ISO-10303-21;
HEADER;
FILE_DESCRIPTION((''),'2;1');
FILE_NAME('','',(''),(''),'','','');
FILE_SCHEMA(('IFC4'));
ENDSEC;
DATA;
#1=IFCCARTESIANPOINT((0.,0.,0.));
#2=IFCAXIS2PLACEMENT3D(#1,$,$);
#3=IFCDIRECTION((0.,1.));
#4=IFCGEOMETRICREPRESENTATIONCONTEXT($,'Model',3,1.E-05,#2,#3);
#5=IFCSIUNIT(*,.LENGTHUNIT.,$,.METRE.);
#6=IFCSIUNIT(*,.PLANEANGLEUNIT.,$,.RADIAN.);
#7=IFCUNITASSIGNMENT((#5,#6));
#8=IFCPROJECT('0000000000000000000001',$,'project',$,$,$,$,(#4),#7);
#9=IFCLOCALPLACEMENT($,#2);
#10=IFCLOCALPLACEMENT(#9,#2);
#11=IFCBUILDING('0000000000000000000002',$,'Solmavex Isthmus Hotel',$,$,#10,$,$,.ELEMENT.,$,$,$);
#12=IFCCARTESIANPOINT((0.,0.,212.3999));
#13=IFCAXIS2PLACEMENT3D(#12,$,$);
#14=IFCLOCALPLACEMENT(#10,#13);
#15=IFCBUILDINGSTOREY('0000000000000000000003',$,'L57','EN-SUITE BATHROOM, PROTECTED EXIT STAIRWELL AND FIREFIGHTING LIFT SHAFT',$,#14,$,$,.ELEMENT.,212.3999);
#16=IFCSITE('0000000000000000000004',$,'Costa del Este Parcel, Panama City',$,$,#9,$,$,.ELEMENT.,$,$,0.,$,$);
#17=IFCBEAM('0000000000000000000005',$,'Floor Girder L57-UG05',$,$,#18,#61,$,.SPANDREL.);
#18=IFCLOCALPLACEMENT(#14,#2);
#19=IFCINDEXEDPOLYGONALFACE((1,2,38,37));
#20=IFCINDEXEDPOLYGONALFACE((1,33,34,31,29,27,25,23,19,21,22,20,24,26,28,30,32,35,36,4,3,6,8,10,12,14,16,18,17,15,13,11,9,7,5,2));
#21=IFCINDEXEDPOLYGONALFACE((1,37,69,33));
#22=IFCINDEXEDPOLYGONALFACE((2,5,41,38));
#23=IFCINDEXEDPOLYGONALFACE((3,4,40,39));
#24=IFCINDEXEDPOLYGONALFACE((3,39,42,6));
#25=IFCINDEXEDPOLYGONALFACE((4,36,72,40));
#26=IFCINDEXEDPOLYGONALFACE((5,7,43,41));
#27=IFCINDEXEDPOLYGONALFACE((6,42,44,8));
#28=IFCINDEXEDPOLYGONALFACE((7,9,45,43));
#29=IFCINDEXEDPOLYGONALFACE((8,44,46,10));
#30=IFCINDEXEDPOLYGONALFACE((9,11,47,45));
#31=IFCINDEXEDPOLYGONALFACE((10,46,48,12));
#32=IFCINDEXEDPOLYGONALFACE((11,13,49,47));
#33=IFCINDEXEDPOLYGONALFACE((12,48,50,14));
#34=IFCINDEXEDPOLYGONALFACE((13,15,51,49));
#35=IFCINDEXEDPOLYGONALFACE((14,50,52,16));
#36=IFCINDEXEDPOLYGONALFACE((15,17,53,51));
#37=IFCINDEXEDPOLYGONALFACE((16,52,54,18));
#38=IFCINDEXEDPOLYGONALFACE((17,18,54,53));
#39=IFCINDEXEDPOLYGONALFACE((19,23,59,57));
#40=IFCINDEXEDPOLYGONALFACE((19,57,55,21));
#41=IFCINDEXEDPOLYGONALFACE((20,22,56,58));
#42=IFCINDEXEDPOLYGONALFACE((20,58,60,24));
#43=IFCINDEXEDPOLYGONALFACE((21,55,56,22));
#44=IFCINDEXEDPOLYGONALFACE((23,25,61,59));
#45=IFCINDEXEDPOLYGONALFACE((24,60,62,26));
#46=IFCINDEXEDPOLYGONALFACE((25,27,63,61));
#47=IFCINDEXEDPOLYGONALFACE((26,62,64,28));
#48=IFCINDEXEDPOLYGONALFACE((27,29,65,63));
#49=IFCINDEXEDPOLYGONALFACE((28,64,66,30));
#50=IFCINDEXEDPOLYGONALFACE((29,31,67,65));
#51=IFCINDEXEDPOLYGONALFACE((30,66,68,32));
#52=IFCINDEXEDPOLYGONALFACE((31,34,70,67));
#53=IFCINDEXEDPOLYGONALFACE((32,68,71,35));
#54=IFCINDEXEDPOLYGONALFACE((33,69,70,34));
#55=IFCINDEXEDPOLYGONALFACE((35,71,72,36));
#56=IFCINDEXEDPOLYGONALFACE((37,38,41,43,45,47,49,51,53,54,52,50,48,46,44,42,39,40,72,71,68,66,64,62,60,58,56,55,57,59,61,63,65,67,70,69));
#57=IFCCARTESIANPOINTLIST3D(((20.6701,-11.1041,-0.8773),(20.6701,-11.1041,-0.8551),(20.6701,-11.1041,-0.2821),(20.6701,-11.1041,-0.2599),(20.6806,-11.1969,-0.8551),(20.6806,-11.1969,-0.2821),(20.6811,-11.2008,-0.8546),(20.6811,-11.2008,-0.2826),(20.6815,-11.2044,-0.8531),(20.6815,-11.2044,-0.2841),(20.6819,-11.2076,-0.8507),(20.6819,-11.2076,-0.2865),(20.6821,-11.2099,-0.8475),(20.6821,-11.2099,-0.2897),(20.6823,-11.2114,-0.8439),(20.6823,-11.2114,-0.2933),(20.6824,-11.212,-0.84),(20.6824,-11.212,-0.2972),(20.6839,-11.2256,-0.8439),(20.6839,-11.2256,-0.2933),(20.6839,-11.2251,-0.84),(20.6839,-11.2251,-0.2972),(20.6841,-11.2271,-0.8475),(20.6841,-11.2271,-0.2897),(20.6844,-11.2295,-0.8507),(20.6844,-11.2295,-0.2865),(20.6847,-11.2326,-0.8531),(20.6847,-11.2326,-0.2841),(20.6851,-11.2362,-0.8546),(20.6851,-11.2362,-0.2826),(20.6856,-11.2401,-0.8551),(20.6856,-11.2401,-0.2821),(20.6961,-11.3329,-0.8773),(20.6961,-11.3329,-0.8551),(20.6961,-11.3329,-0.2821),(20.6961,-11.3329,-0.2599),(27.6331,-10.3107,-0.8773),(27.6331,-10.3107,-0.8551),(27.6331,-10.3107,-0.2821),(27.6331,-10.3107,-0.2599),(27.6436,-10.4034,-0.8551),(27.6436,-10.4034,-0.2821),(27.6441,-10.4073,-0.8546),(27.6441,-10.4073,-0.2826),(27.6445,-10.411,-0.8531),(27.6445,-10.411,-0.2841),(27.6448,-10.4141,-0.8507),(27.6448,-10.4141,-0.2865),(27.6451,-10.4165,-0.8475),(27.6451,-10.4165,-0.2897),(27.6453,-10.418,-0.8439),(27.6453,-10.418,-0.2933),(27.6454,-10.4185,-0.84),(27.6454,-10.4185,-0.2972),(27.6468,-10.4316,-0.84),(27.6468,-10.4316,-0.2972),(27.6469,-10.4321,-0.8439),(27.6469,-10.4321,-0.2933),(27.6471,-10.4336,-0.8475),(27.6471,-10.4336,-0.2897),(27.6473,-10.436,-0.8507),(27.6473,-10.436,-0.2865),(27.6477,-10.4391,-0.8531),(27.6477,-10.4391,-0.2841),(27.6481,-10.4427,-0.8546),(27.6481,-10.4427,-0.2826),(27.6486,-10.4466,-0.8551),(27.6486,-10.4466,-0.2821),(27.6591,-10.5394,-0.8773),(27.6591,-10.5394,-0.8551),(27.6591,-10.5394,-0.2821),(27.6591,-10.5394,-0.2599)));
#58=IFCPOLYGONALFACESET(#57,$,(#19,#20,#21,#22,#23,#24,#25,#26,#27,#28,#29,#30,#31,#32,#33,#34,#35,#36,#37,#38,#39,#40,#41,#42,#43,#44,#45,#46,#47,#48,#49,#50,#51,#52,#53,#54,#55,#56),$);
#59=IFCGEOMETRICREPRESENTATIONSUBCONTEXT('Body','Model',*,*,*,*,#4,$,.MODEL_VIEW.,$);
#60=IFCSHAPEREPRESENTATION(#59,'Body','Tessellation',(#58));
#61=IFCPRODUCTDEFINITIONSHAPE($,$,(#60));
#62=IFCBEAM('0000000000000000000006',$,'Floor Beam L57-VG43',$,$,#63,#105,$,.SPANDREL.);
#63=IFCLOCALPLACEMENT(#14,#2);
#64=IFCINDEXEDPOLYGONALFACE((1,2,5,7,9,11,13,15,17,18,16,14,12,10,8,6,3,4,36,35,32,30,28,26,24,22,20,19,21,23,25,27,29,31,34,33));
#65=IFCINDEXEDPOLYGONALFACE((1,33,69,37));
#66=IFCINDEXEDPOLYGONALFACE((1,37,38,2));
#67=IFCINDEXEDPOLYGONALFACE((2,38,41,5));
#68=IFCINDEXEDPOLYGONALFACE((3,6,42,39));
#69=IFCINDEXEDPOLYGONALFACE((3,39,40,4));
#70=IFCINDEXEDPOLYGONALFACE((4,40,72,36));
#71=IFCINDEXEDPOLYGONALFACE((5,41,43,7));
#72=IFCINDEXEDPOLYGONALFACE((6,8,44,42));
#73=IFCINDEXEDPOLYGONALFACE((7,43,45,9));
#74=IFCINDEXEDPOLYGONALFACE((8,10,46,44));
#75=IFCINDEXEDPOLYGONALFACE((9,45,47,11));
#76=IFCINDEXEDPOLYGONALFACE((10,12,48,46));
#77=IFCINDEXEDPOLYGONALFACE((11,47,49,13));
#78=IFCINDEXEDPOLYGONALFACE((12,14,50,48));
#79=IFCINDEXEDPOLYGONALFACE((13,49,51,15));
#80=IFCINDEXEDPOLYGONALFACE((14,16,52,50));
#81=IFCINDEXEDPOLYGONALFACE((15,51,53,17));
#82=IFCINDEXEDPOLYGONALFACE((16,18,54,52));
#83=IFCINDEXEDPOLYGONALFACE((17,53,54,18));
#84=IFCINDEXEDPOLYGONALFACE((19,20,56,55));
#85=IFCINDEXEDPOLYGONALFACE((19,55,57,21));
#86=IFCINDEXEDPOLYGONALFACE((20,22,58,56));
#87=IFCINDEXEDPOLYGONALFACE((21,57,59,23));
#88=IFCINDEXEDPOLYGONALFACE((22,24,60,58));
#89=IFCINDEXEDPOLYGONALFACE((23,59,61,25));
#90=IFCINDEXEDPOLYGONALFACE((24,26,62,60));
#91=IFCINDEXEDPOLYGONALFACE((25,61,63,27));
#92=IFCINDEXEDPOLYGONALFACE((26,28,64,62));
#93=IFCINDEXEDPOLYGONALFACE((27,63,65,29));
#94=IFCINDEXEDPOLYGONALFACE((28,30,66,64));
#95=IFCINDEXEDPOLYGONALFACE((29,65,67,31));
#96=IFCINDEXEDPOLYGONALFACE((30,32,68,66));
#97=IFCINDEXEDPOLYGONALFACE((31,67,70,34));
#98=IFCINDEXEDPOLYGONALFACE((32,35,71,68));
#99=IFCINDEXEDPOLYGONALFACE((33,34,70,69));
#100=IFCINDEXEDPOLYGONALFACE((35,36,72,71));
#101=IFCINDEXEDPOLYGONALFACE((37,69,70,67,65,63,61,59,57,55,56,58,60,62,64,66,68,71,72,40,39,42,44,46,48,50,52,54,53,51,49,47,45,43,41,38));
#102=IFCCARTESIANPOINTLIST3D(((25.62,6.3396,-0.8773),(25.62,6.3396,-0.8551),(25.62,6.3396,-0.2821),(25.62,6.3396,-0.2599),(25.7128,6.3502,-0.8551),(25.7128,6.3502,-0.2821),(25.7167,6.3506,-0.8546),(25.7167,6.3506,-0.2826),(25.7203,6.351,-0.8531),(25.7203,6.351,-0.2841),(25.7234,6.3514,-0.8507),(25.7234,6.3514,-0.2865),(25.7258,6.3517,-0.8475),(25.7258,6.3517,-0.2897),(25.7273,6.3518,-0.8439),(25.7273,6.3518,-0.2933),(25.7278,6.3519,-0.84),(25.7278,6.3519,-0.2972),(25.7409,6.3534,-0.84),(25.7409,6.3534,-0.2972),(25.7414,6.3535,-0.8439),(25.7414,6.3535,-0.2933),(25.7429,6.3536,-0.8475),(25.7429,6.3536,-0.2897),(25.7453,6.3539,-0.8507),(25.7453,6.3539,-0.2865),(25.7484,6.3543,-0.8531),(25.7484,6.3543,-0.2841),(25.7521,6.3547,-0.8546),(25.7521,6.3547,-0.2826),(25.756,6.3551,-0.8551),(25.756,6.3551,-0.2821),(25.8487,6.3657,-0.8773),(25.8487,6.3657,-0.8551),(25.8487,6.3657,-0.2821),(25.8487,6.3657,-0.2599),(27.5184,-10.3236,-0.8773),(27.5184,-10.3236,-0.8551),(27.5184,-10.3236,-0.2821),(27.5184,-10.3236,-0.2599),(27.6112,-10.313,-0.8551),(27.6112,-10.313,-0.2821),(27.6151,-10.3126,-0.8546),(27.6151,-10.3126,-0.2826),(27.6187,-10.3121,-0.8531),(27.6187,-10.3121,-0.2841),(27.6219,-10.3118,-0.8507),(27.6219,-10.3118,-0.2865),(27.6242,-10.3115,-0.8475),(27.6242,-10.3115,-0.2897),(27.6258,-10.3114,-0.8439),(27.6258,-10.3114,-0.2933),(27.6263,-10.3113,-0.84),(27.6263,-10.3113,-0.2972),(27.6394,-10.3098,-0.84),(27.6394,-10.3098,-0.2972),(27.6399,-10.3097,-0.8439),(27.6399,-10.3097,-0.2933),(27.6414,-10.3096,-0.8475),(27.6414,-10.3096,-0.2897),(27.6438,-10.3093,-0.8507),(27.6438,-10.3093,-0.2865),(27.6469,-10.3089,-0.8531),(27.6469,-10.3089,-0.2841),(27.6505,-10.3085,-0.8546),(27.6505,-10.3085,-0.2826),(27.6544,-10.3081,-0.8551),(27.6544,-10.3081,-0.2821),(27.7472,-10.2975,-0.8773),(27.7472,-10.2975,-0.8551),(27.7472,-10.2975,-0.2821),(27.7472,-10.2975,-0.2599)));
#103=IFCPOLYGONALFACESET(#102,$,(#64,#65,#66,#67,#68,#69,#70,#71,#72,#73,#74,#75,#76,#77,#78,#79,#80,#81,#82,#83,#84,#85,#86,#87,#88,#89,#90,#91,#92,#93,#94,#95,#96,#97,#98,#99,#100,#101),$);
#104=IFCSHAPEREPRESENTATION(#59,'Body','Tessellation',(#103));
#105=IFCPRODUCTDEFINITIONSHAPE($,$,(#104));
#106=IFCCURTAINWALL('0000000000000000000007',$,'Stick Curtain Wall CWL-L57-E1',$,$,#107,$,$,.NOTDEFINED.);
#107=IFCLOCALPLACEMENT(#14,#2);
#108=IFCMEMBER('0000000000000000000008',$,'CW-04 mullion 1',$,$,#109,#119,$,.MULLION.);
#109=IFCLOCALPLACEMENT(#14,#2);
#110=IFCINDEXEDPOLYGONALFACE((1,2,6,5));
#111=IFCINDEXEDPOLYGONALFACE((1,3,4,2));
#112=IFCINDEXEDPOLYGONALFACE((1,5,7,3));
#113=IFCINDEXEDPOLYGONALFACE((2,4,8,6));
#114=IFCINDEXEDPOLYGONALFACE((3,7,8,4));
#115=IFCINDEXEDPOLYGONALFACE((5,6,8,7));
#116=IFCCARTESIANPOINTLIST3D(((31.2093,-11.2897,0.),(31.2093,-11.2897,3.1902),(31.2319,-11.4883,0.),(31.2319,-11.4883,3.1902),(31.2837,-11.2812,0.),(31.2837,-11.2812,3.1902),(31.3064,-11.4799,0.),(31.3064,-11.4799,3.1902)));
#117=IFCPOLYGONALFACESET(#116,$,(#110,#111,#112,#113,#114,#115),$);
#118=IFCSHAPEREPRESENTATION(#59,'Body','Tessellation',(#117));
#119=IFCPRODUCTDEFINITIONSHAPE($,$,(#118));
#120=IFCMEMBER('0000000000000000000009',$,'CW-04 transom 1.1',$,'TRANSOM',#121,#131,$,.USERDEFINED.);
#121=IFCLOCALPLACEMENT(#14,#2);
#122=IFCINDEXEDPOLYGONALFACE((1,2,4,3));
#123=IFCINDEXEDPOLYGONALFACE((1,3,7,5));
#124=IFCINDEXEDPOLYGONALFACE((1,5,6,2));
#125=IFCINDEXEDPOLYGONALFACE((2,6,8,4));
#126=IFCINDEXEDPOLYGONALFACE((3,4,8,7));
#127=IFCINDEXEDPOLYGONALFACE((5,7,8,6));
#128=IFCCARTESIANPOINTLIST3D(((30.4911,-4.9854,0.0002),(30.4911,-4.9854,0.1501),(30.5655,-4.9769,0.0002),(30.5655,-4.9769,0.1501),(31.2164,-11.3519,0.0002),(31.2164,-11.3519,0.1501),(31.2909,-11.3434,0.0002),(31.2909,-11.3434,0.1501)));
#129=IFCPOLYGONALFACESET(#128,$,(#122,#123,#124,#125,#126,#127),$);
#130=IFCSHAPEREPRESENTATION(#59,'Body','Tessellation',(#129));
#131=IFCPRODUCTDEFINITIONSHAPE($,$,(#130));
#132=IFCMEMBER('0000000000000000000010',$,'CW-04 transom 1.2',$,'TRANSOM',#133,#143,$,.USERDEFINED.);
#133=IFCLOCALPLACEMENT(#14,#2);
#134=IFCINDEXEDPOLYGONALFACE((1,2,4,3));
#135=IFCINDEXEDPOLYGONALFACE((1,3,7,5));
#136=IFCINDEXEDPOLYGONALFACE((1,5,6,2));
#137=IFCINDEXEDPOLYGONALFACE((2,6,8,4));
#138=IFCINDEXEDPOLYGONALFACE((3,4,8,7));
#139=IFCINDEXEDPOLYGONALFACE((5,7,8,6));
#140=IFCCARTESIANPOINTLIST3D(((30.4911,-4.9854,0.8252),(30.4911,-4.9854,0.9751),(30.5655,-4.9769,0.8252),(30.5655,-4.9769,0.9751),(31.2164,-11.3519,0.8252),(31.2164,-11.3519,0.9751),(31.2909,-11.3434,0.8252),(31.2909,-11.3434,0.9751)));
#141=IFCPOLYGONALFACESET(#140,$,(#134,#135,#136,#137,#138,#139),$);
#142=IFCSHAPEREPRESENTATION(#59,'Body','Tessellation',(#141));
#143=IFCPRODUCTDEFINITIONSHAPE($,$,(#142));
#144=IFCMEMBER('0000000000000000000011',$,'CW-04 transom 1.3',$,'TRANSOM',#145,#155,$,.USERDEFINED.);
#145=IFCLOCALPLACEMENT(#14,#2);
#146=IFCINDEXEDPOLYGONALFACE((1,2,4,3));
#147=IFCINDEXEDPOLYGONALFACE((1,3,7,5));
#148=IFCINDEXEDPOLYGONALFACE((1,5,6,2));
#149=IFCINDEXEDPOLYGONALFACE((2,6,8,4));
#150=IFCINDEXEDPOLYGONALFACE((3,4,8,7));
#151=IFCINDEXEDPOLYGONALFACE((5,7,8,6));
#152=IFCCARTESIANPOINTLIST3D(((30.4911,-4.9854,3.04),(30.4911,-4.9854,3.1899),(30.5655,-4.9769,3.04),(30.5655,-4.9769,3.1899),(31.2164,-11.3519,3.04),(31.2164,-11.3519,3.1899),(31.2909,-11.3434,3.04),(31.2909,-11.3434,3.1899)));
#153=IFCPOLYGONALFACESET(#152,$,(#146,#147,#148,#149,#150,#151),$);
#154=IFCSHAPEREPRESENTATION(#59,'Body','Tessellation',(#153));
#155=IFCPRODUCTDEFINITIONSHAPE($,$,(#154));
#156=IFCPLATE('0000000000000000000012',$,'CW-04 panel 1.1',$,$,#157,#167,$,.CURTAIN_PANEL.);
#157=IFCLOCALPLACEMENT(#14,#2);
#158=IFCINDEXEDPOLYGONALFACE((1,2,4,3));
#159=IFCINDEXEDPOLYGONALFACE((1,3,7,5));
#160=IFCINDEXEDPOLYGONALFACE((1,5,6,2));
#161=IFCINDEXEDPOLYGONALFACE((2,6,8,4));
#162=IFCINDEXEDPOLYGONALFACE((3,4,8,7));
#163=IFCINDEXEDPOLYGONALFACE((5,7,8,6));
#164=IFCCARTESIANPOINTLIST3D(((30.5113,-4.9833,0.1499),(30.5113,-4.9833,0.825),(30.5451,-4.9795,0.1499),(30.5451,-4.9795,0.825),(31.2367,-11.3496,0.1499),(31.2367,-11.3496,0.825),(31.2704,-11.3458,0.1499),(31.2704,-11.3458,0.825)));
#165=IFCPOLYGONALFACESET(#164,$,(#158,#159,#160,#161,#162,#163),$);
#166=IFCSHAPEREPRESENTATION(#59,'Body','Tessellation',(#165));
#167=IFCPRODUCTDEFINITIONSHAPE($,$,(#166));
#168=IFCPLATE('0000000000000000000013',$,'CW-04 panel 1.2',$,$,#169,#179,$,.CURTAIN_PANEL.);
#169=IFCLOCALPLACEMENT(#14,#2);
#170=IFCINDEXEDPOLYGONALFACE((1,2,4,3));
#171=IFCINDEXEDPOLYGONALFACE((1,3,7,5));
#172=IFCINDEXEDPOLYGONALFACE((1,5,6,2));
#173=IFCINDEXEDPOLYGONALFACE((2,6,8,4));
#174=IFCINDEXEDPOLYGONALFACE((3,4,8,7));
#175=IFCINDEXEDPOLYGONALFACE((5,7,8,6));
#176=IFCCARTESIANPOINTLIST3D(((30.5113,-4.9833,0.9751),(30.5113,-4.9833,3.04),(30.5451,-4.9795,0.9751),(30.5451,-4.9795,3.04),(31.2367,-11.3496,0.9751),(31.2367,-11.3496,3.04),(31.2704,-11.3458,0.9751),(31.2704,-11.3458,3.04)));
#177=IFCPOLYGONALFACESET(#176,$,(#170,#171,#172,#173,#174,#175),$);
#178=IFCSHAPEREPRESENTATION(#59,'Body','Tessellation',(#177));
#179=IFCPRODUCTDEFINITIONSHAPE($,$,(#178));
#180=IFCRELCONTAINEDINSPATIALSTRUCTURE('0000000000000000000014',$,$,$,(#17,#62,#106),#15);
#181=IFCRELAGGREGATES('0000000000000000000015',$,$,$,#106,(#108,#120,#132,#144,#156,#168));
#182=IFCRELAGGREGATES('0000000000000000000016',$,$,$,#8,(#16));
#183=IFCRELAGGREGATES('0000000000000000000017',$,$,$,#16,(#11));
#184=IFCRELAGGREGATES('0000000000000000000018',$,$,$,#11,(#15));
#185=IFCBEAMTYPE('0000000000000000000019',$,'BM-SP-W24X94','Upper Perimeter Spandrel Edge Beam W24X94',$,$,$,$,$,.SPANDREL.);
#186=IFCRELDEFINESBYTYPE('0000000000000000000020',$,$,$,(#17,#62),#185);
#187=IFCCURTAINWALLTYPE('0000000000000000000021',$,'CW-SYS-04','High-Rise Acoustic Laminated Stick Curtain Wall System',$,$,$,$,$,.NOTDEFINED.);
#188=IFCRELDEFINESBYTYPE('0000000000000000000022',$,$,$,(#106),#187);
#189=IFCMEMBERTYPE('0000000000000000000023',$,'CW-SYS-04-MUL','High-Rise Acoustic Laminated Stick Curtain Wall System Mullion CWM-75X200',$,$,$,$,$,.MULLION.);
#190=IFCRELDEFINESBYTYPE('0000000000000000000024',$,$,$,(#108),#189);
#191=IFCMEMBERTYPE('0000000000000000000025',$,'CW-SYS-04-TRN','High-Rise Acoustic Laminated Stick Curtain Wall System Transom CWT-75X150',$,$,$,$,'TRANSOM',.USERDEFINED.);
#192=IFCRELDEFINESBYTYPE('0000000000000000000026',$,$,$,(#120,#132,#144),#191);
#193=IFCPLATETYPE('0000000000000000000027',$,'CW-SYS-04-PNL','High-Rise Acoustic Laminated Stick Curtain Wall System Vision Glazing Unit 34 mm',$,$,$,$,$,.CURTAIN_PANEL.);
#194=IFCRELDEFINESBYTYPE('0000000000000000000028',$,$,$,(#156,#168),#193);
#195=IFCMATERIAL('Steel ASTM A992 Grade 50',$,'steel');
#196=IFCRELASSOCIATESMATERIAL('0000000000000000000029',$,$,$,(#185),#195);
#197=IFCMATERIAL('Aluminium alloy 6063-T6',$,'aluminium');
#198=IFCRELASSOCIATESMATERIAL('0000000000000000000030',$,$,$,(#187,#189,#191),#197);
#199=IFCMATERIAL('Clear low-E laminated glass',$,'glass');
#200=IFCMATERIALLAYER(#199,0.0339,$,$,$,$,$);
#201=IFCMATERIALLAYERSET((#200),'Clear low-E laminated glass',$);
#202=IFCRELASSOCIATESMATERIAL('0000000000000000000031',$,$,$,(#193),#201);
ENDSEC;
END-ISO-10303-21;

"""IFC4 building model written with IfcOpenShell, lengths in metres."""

from ifc_helpers import new_model, si_unit, direction, frame, origin, origin_2d, place, context, subcontext, project, spatial, rectangle, i_section, extrude, material, layer, layer_set, material_profile, profile_set, type_object, element, aggregate, save


model = new_model("IFC4")

# Units and contexts
model_context = context("Model", 3, precision=1e-05, world=origin(), true_north=direction((0.0, 1.0)))
body_context = subcontext(model_context, "Body", "Model", "MODEL_VIEW")
ifc_project = project(units=[si_unit("LENGTHUNIT", "METRE"), si_unit("PLANEANGLEUNIT", "RADIAN")], contexts=[model_context])

# Site, building, storey
site_placement = place(None, origin())
site = spatial("IfcSite", under=ifc_project, at=site_placement, Name="Costa del Este Parcel, Panama City", CompositionType="ELEMENT", RefElevation=0.0)
building_placement = place(site_placement, origin())
building = spatial("IfcBuilding", under=site, at=building_placement, Name="Solmavex Isthmus Hotel", CompositionType="ELEMENT")
storey_placement = place(building_placement, frame((0.0, 0.0, 212.3999)))
storey = spatial("IfcBuildingStorey", under=building, at=storey_placement, Name="L57", Description="EN-SUITE BATHROOM, PROTECTED EXIT STAIRWELL AND FIREFIGHTING LIFT SHAFT", CompositionType="ELEMENT", Elevation=212.3999)

# Beams
ifc_material_1 = material(Name="Steel ASTM A992 Grade 50", Category="steel")
ifc_material_profile_1 = material_profile(ifc_material_1, i_section(OverallWidth=0.2302, OverallDepth=0.6174, WebThickness=0.0132, FlangeThickness=0.0222, FilletRadius=0.0151, at=origin_2d()), Name="W24X94")
ifc_profile_set_1 = profile_set([ifc_material_profile_1], Name="Steel ASTM A992 Grade 50")
beam_type_1 = type_object("IfcBeamType", Name="BM-SP-W24X94", Description="Upper Perimeter Spandrel Edge Beam W24X94", PredefinedType="SPANDREL", material=ifc_profile_set_1)
beam_1_placement = place(storey_placement, frame((20.6831, -11.2185, -0.5686), z_axis=(0.99357, 0.113222, 0.0), x_axis=(-0.113222, 0.99357, 0.0)))
element("IfcBeam", 1, at=beam_1_placement, inside=storey, type_object=beam_type_1, Name="Floor Girder L57-UG05", PredefinedType="SPANDREL", context=body_context, shape_type="SweptSolid", body=[
    extrude(i_section(OverallWidth=0.2302, OverallDepth=0.6174, WebThickness=0.0132, FlangeThickness=0.0222, FilletRadius=0.0151, at=origin_2d()), origin(), (0.0, 0.0, 1.0), 7.0081),
])
beam_2_placement = place(storey_placement, frame((27.6328, -10.3105, -0.5686), z_axis=(-0.113198, 0.993572, 0.0), x_axis=(-0.993572, -0.113198, 0.0)))
element("IfcBeam", 2, at=beam_2_placement, inside=storey, type_object=beam_type_1, Name="Floor Beam L57-VG43", PredefinedType="SPANDREL", context=body_context, shape_type="SweptSolid", body=[
    extrude(i_section(OverallWidth=0.2302, OverallDepth=0.6174, WebThickness=0.0132, FlangeThickness=0.0222, FilletRadius=0.0151, at=origin_2d()), origin(), (0.0, 0.0, 1.0), 16.771),
])

# Curtain wall, members, plates
ifc_material_2 = material(Name="Aluminium alloy 6063-T6", Category="aluminium")
curtain_wall_type = type_object("IfcCurtainWallType", Name="CW-SYS-04", Description="High-Rise Acoustic Laminated Stick Curtain Wall System", PredefinedType="NOTDEFINED", material=ifc_material_2)
curtain_wall_placement = place(storey_placement, origin())
curtain_wall = element("IfcCurtainWall", 3, at=curtain_wall_placement, inside=storey, type_object=curtain_wall_type, Name="Stick Curtain Wall CWL-L57-E1", PredefinedType="NOTDEFINED")
ifc_material_profile_2 = material_profile(ifc_material_2, rectangle(XDim=0.075, YDim=0.2, at=origin_2d()), Name="CWM-75X200")
ifc_profile_set_2 = profile_set([ifc_material_profile_2], Name="Aluminium alloy 6063-T6")
member_type_1 = type_object("IfcMemberType", Name="CW-SYS-04-MUL", Description="High-Rise Acoustic Laminated Stick Curtain Wall System Mullion CWM-75X200", PredefinedType="MULLION", material=ifc_profile_set_2)
member_1_placement = place(storey_placement, frame((31.2578, -11.3848, 0.0), z_axis=(0.0, 0.0, 1.0), x_axis=(-0.993572, -0.113203, 0.0)))
member_1 = element("IfcMember", 4, at=member_1_placement, type_object=member_type_1, Name="CW-04 mullion 1", PredefinedType="MULLION", context=body_context, shape_type="SweptSolid", body=[
    extrude(rectangle(XDim=0.075, YDim=0.2, at=origin_2d()), origin(), (0.0, 0.0, 1.0), 3.1902),
])
ifc_material_profile_3 = material_profile(ifc_material_2, rectangle(XDim=0.075, YDim=0.1499, at=origin_2d()), Name="CWT-75X150")
ifc_profile_set_3 = profile_set([ifc_material_profile_3], Name="Aluminium alloy 6063-T6")
member_type_2 = type_object("IfcMemberType", Name="CW-SYS-04-TRN", Description="High-Rise Acoustic Laminated Stick Curtain Wall System Transom CWT-75X150", ElementType="TRANSOM", PredefinedType="USERDEFINED", material=ifc_profile_set_3)
member_2_placement = place(storey_placement, frame((31.2537, -11.3477, 0.0752), z_axis=(-0.113199, 0.993572, 0.0), x_axis=(-0.993572, -0.113199, 0.0)))
member_2 = element("IfcMember", 5, at=member_2_placement, type_object=member_type_2, Name="CW-04 transom 1.1", ObjectType="TRANSOM", PredefinedType="USERDEFINED", context=body_context, shape_type="SweptSolid", body=[
    extrude(rectangle(XDim=0.075, YDim=0.1499, at=origin_2d()), origin(), (0.0, 0.0, 1.0), 6.4077),
])
member_3_placement = place(storey_placement, frame((31.2537, -11.3477, 0.9001), z_axis=(-0.113199, 0.993572, 0.0), x_axis=(-0.993572, -0.113199, 0.0)))
member_3 = element("IfcMember", 6, at=member_3_placement, type_object=member_type_2, Name="CW-04 transom 1.2", ObjectType="TRANSOM", PredefinedType="USERDEFINED", context=body_context, shape_type="SweptSolid", body=[
    extrude(rectangle(XDim=0.075, YDim=0.1499, at=origin_2d()), origin(), (0.0, 0.0, 1.0), 6.4077),
])
member_4_placement = place(storey_placement, frame((31.2537, -11.3477, 3.115), z_axis=(-0.113199, 0.993572, 0.0), x_axis=(-0.993572, -0.113199, 0.0)))
member_4 = element("IfcMember", 7, at=member_4_placement, type_object=member_type_2, Name="CW-04 transom 1.3", ObjectType="TRANSOM", PredefinedType="USERDEFINED", context=body_context, shape_type="SweptSolid", body=[
    extrude(rectangle(XDim=0.075, YDim=0.1499, at=origin_2d()), origin(), (0.0, 0.0, 1.0), 6.4077),
])
ifc_material_3 = material(Name="Clear low-E laminated glass", Category="glass")
ifc_layer_1 = layer(ifc_material_3, 0.0339)
ifc_layer_set_1 = layer_set([ifc_layer_1], Name="Clear low-E laminated glass")
plate_type = type_object("IfcPlateType", Name="CW-SYS-04-PNL", Description="High-Rise Acoustic Laminated Stick Curtain Wall System Vision Glazing Unit 34 mm", PredefinedType="CURTAIN_PANEL", material=ifc_layer_set_1)
plate_1_placement = place(storey_placement, frame((30.8909, -8.1646, 0.1499), z_axis=(0.0, 0.0, 1.0), x_axis=(-0.113203, 0.993572, 0.0)))
plate_1 = element("IfcPlate", 8, at=plate_1_placement, type_object=plate_type, Name="CW-04 panel 1.1", PredefinedType="CURTAIN_PANEL", context=body_context, shape_type="SweptSolid", body=[
    extrude(rectangle(XDim=6.4075, YDim=0.0339, at=origin_2d()), origin(), (0.0, 0.0, 1.0), 0.675),
])
plate_2_placement = place(storey_placement, frame((30.8909, -8.1646, 0.9751), z_axis=(0.0, 0.0, 1.0), x_axis=(-0.113203, 0.993572, 0.0)))
plate_2 = element("IfcPlate", 9, at=plate_2_placement, type_object=plate_type, Name="CW-04 panel 1.2", PredefinedType="CURTAIN_PANEL", context=body_context, shape_type="SweptSolid", body=[
    extrude(rectangle(XDim=6.4075, YDim=0.0339, at=origin_2d()), origin(), (0.0, 0.0, 1.0), 2.0649),
])
aggregate(curtain_wall, [member_1, member_2, member_3, member_4, plate_1, plate_2])

save(model, "model.ifc")
